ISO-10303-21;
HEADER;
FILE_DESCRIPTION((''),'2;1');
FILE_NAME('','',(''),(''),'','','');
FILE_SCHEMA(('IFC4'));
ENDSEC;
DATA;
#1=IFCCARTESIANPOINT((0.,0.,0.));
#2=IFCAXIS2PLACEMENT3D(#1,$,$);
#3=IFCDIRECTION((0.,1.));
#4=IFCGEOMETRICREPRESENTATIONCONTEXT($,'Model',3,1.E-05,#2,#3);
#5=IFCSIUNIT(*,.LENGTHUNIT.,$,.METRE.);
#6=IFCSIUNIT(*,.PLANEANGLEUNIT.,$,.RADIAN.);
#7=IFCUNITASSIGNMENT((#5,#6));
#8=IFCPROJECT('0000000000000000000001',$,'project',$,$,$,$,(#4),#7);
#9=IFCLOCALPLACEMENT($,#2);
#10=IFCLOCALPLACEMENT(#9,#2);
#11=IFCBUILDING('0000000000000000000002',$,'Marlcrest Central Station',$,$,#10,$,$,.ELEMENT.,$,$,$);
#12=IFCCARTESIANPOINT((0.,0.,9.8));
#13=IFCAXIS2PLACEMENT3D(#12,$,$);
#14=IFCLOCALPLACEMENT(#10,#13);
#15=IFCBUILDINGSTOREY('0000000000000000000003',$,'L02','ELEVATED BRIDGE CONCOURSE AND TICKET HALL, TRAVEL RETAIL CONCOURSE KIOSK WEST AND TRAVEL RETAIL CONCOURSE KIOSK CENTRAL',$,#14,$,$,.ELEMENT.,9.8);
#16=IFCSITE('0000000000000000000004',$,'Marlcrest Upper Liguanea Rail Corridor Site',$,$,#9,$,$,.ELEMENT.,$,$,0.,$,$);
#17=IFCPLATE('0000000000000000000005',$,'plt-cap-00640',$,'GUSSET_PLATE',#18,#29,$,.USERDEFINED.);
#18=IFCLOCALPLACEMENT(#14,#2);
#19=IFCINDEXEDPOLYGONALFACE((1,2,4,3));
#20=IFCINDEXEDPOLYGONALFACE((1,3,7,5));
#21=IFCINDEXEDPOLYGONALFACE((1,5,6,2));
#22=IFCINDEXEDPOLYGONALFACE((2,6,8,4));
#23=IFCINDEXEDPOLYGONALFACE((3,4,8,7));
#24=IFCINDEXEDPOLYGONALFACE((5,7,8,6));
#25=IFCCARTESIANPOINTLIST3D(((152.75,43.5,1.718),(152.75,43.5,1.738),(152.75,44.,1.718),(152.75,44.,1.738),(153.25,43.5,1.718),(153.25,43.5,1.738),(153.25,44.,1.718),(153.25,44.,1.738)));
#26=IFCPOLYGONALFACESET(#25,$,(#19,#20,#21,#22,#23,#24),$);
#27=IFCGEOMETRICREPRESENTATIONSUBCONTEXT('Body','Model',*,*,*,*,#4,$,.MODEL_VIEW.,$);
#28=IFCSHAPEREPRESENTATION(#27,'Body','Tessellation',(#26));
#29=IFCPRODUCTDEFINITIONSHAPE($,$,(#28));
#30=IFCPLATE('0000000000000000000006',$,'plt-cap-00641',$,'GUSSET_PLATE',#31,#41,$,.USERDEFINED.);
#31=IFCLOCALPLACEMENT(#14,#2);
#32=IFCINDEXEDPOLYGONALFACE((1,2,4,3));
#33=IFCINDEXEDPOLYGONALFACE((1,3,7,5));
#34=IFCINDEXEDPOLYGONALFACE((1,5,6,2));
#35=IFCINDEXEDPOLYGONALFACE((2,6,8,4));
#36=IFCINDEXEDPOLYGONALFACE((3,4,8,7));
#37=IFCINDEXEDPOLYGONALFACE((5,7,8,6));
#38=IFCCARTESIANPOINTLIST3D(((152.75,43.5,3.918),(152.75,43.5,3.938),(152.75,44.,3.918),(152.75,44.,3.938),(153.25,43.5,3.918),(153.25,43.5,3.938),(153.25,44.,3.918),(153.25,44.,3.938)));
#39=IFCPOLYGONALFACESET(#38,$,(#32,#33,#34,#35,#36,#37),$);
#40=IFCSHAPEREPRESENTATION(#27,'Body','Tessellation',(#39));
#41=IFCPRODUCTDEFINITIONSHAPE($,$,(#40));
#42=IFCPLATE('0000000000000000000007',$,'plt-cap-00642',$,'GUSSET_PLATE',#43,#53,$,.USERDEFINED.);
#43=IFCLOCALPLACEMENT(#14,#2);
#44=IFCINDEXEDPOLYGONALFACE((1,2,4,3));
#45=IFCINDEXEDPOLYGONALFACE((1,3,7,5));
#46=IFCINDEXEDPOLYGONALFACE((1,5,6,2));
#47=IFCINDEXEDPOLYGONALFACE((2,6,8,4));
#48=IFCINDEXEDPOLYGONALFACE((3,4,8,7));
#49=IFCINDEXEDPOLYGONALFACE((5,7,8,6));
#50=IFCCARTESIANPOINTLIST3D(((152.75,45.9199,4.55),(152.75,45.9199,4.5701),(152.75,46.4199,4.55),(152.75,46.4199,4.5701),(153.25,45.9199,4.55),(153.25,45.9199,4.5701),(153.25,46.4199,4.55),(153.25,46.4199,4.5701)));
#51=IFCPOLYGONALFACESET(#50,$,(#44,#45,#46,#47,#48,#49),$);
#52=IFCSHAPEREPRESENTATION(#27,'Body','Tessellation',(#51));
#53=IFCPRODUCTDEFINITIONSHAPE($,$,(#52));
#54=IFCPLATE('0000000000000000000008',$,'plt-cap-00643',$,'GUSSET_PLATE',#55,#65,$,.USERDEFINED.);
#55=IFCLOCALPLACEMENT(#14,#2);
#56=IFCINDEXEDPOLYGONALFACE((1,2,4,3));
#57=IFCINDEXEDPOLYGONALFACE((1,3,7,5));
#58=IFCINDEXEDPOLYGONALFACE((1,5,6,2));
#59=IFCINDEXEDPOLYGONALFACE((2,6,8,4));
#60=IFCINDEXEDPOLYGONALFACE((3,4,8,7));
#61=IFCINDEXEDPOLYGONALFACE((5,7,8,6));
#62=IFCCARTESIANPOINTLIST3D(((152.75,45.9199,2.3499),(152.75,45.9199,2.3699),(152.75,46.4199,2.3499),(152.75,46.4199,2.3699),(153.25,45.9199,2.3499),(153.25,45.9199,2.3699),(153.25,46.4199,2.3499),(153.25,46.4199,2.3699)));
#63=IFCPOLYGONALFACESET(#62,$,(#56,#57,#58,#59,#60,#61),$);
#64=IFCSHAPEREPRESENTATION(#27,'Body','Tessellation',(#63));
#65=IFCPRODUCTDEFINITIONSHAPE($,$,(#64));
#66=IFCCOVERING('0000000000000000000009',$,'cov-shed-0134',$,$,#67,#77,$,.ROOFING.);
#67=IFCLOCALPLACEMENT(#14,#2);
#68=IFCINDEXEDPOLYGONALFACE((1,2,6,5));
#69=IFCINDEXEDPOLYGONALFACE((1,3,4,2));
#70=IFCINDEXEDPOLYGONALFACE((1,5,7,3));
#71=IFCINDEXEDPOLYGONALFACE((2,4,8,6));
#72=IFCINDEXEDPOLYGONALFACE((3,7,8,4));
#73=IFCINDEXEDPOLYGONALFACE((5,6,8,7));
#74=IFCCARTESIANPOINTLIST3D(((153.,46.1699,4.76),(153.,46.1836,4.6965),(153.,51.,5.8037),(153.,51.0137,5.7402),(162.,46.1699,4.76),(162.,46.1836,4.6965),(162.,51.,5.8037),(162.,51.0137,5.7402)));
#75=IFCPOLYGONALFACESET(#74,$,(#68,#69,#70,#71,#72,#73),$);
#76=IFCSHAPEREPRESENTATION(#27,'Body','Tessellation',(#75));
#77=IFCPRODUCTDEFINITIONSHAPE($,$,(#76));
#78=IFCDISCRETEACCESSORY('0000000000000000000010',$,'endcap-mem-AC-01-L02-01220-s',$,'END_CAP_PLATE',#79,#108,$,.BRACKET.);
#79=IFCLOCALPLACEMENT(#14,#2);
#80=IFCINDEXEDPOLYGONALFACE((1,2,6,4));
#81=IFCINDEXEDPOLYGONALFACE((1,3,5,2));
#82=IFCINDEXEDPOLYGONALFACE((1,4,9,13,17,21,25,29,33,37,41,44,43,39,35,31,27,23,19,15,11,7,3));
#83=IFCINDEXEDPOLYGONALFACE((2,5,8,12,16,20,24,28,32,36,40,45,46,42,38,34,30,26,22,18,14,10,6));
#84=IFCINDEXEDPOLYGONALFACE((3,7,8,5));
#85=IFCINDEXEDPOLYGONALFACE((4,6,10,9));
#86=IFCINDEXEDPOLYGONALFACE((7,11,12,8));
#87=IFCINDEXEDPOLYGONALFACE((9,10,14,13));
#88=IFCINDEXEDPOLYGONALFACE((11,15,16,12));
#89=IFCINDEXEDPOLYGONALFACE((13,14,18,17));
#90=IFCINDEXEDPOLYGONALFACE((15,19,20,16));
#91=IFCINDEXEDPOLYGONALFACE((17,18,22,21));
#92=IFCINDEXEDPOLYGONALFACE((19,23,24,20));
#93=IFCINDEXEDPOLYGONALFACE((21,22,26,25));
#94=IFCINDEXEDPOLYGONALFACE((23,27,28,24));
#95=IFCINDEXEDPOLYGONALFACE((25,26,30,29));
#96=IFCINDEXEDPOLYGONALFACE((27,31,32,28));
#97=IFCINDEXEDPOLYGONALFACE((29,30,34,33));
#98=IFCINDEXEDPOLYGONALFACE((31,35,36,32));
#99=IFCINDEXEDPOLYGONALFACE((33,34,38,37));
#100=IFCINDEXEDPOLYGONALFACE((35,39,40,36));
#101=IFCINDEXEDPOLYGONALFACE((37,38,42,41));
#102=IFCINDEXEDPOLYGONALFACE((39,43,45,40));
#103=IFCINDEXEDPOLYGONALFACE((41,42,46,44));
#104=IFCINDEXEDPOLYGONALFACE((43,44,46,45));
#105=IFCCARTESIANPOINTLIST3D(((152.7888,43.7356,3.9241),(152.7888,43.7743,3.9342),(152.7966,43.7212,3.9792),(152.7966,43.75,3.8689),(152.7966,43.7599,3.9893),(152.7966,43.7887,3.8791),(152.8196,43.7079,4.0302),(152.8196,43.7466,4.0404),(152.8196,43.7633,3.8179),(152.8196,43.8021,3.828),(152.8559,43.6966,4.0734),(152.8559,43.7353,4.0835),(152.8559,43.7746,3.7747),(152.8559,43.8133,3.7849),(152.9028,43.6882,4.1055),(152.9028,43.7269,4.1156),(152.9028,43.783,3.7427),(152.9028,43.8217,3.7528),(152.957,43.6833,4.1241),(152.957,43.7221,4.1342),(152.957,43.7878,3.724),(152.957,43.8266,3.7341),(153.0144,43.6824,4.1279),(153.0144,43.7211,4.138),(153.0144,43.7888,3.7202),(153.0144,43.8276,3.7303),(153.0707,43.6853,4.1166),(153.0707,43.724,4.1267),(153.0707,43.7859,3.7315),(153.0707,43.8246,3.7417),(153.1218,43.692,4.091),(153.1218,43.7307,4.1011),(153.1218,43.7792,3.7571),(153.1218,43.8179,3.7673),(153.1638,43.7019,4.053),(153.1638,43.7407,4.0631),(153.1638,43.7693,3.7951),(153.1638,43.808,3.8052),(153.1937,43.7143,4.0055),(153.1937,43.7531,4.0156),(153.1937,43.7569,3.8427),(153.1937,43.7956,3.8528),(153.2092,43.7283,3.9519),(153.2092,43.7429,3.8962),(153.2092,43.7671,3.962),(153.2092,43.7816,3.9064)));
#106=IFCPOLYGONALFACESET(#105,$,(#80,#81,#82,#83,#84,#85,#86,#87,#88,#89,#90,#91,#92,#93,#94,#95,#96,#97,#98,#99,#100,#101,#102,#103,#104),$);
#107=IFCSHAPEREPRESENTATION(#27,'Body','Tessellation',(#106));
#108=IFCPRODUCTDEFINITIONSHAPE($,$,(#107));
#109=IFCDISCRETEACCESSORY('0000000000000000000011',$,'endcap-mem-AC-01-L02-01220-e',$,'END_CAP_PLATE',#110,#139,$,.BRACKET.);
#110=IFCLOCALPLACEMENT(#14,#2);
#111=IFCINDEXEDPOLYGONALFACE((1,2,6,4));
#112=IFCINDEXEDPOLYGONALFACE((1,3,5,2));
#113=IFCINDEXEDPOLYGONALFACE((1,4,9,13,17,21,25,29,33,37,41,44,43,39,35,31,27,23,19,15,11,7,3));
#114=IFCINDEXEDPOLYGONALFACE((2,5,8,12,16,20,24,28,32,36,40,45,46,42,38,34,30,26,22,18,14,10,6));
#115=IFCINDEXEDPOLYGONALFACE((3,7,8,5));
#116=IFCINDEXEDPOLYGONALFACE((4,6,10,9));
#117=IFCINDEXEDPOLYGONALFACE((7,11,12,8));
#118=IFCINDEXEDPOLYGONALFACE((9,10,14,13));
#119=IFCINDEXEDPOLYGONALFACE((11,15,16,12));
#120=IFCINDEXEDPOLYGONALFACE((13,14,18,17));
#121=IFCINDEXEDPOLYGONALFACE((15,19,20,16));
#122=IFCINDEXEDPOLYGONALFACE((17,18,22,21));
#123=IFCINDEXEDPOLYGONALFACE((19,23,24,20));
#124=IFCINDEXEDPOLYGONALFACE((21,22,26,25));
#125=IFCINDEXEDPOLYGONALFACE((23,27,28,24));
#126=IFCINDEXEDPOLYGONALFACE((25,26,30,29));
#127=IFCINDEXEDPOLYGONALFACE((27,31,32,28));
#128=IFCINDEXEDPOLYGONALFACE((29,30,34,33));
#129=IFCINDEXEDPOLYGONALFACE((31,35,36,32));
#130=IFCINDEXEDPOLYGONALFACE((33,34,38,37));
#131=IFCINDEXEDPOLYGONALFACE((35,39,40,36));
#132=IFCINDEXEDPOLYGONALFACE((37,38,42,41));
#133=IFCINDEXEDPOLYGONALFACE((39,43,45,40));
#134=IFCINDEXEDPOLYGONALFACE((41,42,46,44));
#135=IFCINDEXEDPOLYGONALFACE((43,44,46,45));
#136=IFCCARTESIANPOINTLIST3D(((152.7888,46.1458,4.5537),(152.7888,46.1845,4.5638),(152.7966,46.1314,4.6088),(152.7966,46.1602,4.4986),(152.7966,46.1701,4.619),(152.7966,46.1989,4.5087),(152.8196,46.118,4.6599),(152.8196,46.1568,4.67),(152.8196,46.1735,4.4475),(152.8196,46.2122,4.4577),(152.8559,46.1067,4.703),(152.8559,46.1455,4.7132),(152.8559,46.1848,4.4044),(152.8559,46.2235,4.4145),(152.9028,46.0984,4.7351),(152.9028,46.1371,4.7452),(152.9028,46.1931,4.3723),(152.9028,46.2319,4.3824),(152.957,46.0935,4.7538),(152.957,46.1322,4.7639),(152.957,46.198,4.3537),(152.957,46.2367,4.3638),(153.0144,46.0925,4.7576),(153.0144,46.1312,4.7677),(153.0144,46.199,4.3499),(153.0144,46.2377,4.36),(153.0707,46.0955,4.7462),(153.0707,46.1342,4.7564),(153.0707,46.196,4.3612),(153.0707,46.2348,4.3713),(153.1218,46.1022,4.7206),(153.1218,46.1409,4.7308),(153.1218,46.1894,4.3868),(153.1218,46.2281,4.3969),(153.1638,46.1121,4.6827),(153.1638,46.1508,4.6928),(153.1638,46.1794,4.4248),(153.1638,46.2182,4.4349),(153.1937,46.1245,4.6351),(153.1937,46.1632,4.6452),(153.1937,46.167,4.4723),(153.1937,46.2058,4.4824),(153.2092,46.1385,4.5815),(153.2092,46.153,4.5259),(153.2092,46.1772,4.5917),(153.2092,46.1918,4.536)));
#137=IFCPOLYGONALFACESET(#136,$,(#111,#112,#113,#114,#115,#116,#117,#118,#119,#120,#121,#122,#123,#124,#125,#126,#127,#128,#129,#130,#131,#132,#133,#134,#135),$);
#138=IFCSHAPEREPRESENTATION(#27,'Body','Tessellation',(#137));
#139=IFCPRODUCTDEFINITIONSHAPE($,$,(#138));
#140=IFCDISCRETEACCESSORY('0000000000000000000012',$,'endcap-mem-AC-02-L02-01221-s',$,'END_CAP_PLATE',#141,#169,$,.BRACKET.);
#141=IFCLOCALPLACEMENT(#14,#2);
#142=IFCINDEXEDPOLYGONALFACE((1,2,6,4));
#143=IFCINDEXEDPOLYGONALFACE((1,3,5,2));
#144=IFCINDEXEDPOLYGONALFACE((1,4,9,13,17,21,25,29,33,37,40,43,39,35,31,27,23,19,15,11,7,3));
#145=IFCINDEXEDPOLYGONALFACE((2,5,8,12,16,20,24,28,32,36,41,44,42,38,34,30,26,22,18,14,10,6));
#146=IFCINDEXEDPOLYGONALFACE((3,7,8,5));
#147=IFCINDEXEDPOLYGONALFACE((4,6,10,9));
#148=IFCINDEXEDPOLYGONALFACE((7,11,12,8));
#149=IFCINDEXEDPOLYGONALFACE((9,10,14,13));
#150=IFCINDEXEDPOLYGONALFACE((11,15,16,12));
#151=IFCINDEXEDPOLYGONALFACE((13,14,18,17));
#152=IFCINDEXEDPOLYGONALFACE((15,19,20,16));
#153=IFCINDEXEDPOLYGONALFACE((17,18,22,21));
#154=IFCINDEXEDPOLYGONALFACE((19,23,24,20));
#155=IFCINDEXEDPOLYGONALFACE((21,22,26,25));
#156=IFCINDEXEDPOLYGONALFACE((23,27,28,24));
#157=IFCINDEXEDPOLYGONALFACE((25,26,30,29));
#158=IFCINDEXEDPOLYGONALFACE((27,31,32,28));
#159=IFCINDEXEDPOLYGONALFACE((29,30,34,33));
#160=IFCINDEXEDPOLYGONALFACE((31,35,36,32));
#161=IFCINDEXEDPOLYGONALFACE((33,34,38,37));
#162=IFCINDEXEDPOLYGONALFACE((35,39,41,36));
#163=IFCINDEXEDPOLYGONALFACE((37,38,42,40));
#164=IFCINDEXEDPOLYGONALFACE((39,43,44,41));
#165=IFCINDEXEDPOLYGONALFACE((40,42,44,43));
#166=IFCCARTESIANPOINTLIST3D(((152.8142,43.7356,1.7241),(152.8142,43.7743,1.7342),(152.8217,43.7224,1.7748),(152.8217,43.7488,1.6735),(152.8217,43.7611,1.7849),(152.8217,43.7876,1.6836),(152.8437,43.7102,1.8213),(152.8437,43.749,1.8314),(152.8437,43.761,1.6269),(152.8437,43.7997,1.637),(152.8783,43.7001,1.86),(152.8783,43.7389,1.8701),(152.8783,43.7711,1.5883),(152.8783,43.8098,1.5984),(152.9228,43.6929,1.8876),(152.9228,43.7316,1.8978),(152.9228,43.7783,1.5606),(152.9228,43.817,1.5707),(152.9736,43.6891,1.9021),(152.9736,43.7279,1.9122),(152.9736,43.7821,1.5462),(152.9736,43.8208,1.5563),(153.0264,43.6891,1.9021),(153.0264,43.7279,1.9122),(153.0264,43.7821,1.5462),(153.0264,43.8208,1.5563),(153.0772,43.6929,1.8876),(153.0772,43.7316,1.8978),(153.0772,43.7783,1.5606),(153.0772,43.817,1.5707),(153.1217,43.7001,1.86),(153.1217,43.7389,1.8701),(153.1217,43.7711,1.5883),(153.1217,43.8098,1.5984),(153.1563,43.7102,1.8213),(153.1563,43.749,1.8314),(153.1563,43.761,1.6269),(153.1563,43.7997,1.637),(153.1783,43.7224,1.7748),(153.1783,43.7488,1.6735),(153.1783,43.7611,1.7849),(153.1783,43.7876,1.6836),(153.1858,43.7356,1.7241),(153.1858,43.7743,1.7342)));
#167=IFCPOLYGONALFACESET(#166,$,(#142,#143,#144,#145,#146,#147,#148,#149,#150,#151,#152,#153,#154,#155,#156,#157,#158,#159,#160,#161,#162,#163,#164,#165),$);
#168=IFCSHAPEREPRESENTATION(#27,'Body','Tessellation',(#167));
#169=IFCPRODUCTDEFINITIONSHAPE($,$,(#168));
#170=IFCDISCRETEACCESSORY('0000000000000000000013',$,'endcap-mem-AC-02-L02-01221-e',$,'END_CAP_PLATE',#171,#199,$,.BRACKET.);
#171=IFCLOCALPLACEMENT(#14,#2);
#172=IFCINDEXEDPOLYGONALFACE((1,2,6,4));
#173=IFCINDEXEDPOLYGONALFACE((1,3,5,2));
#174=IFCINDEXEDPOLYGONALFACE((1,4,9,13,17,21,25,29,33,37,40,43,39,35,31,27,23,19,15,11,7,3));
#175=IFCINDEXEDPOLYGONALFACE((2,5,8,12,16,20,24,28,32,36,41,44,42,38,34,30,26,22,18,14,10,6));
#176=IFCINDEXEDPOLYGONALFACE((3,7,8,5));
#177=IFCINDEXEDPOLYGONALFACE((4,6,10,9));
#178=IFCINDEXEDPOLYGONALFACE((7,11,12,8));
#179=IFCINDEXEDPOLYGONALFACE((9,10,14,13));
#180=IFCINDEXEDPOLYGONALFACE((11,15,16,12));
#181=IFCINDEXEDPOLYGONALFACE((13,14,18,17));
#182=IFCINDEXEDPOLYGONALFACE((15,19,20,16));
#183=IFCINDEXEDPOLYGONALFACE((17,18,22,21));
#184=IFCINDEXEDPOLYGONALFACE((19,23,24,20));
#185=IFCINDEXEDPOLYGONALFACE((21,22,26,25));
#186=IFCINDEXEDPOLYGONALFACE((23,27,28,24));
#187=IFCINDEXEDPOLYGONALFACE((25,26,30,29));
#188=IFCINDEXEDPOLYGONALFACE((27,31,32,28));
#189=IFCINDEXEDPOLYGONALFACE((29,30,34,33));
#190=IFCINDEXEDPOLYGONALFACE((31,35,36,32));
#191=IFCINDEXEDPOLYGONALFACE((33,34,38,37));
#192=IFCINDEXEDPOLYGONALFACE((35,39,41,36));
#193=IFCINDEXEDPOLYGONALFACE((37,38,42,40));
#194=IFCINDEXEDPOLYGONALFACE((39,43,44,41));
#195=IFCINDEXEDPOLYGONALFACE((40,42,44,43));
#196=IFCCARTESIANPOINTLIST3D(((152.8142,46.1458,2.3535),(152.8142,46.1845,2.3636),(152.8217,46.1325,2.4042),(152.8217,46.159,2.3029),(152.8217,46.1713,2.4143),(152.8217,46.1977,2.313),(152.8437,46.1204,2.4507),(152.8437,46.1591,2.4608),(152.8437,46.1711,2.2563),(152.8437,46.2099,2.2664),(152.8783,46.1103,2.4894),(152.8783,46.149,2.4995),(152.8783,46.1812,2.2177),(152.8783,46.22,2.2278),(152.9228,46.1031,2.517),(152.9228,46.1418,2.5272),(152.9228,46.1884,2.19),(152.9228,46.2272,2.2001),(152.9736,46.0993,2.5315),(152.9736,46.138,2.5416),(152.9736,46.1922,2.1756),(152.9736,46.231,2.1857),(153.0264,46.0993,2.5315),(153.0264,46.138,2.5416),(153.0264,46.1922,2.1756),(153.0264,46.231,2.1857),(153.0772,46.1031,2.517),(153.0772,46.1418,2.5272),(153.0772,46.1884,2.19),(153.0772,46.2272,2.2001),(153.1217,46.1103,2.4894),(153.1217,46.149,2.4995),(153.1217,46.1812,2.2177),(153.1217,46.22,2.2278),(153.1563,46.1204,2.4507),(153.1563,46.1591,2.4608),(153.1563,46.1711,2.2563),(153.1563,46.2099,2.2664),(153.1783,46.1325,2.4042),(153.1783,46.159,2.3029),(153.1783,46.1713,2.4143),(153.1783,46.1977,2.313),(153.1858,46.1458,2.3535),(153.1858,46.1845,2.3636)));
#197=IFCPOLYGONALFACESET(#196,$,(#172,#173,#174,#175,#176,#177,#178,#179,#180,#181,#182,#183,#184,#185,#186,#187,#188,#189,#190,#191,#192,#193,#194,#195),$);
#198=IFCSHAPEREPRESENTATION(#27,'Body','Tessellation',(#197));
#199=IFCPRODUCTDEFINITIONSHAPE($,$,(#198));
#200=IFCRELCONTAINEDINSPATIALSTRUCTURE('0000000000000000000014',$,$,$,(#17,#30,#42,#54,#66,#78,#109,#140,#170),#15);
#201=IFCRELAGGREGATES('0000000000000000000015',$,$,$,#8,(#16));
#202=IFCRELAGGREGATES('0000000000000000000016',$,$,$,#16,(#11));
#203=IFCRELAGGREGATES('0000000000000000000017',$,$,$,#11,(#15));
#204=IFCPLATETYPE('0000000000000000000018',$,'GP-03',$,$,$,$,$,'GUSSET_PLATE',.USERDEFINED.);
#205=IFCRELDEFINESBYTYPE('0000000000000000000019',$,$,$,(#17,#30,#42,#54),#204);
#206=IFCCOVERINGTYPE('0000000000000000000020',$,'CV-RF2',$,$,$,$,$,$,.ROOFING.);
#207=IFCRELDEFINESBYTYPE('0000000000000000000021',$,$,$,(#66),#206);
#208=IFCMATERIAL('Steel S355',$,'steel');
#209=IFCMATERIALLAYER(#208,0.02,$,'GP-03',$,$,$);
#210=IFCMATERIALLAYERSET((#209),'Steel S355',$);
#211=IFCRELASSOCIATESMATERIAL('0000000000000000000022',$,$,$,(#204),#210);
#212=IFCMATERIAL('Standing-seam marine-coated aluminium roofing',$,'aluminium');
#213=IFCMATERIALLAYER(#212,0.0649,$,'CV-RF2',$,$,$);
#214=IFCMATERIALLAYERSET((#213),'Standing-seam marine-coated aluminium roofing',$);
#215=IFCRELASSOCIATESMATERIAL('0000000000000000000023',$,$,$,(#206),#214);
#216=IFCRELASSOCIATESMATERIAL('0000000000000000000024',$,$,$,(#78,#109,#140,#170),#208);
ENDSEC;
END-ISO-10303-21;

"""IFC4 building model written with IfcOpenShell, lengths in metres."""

from ifc_helpers import new_model, si_unit, direction, frame, origin, origin_2d, place, context, subcontext, project, spatial, polyline, rectangle, circle, outline, extrude, material, layer, layer_set, type_object, element, save


model = new_model("IFC4")

# Units and contexts
model_context = context("Model", 3, precision=1e-05, world=origin(), true_north=direction((0.0, 1.0)))
body_context = subcontext(model_context, "Body", "Model", "MODEL_VIEW")
ifc_project = project(units=[si_unit("LENGTHUNIT", "METRE"), si_unit("PLANEANGLEUNIT", "RADIAN")], contexts=[model_context])

# Site, building, storey
site_placement = place(None, origin())
site = spatial("IfcSite", under=ifc_project, at=site_placement, Name="Marlcrest Upper Liguanea Rail Corridor Site", CompositionType="ELEMENT", RefElevation=0.0)
building_placement = place(site_placement, origin())
building = spatial("IfcBuilding", under=site, at=building_placement, Name="Marlcrest Central Station", CompositionType="ELEMENT")
storey_placement = place(building_placement, frame((0.0, 0.0, 9.8)))
storey = spatial("IfcBuildingStorey", under=building, at=storey_placement, Name="L02", Description="ELEVATED BRIDGE CONCOURSE AND TICKET HALL, TRAVEL RETAIL CONCOURSE KIOSK WEST AND TRAVEL RETAIL CONCOURSE KIOSK CENTRAL", CompositionType="ELEMENT", Elevation=9.8)

# Shared definitions
ifc_material_1 = material(Name="Steel S355", Category="steel")

# Plates
ifc_layer_1 = layer(ifc_material_1, 0.02, Name="GP-03")
ifc_layer_set_1 = layer_set([ifc_layer_1], Name="Steel S355")
plate_type = type_object("IfcPlateType", Name="GP-03", ElementType="GUSSET_PLATE", PredefinedType="USERDEFINED", material=ifc_layer_set_1)
for number, where, z_axis, x_axis, name in (
    (1, (153.0, 43.75, 1.718), (0.0, 0.0, 1.0), (1.0, 0.0, 0.0), "plt-cap-00640"),
    (2, (153.0, 43.75, 3.918), (0.0, 0.0, 1.0), (1.0, 0.0, 0.0), "plt-cap-00641"),
    (3, (153.0, 46.1699, 4.55), (0.0, 0.0, 1.0), (1.0, 0.0, 0.0), "plt-cap-00642"),
    (4, (153.0, 46.1699, 2.3499), (0.0, 0.0, 1.0), (1.0, 0.0, 0.0), "plt-cap-00643"),
):
    element("IfcPlate", number, at=place(storey_placement, frame(where, z_axis=z_axis, x_axis=x_axis)), inside=storey, type_object=plate_type, Name=name, ObjectType="GUSSET_PLATE", PredefinedType="USERDEFINED", context=body_context, shape_type="SweptSolid", body=[
        extrude(rectangle(XDim=0.5, YDim=0.5, at=origin_2d()), origin(), (0.0, 0.0, 1.0), 0.02),
    ])

# Covering
ifc_material_2 = material(Name="Standing-seam marine-coated aluminium roofing", Category="aluminium")
ifc_layer_2 = layer(ifc_material_2, 0.0649, Name="CV-RF2")
ifc_layer_set_2 = layer_set([ifc_layer_2], Name="Standing-seam marine-coated aluminium roofing")
covering_type = type_object("IfcCoveringType", Name="CV-RF2", PredefinedType="ROOFING", material=ifc_layer_set_2)
covering_placement = place(storey_placement, frame((153.0, 46.1699, 4.76), z_axis=(0.0, -0.211209, 0.977441), x_axis=(1.0, 0.0, 0.0)))
element("IfcCovering", 5, at=covering_placement, inside=storey, type_object=covering_type, Name="cov-shed-0134", PredefinedType="ROOFING", context=body_context, shape_type="SweptSolid", body=[
    extrude(outline(polyline([(0.0, 0.0), (9.0, 0.0), (9.0, 4.9416), (0.0, 4.9416), (0.0, 0.0)])), origin(), (0.0, 0.0, -1.0), 0.0649),
])

# Discrete accessories
for number, where, z_axis, x_axis, name in (
    (6, (153.0, 43.7356, 3.9241), (0.0, 0.967539, 0.25272), (-1.0, 0.0, 0.0), "endcap-mem-AC-01-L02-01220-s"),
    (7, (153.0, 46.1458, 4.5537), (0.0, 0.967539, 0.25272), (-1.0, 0.0, 0.0), "endcap-mem-AC-01-L02-01220-e"),
):
    element("IfcDiscreteAccessory", number, at=place(storey_placement, frame(where, z_axis=z_axis, x_axis=x_axis)), inside=storey, material=ifc_material_1, Name=name, ObjectType="END_CAP_PLATE", PredefinedType="BRACKET", context=body_context, shape_type="SweptSolid", body=[
        extrude(circle(Radius=0.2112, at=origin_2d()), origin(), (0.0, 0.0, 1.0), 0.04),
    ])
for number, where, z_axis, x_axis, name in (
    (8, (153.0, 43.7356, 1.7241), (0.0, 0.967563, 0.252629), (-1.0, 0.0, 0.0), "endcap-mem-AC-02-L02-01221-s"),
    (9, (153.0, 46.1458, 2.3535), (0.0, 0.967563, 0.252629), (-1.0, 0.0, 0.0), "endcap-mem-AC-02-L02-01221-e"),
):
    element("IfcDiscreteAccessory", number, at=place(storey_placement, frame(where, z_axis=z_axis, x_axis=x_axis)), inside=storey, material=ifc_material_1, Name=name, ObjectType="END_CAP_PLATE", PredefinedType="BRACKET", context=body_context, shape_type="SweptSolid", body=[
        extrude(circle(Radius=0.1858, at=origin_2d()), origin(), (0.0, 0.0, 1.0), 0.04),
    ])

save(model, "model.ifc")
